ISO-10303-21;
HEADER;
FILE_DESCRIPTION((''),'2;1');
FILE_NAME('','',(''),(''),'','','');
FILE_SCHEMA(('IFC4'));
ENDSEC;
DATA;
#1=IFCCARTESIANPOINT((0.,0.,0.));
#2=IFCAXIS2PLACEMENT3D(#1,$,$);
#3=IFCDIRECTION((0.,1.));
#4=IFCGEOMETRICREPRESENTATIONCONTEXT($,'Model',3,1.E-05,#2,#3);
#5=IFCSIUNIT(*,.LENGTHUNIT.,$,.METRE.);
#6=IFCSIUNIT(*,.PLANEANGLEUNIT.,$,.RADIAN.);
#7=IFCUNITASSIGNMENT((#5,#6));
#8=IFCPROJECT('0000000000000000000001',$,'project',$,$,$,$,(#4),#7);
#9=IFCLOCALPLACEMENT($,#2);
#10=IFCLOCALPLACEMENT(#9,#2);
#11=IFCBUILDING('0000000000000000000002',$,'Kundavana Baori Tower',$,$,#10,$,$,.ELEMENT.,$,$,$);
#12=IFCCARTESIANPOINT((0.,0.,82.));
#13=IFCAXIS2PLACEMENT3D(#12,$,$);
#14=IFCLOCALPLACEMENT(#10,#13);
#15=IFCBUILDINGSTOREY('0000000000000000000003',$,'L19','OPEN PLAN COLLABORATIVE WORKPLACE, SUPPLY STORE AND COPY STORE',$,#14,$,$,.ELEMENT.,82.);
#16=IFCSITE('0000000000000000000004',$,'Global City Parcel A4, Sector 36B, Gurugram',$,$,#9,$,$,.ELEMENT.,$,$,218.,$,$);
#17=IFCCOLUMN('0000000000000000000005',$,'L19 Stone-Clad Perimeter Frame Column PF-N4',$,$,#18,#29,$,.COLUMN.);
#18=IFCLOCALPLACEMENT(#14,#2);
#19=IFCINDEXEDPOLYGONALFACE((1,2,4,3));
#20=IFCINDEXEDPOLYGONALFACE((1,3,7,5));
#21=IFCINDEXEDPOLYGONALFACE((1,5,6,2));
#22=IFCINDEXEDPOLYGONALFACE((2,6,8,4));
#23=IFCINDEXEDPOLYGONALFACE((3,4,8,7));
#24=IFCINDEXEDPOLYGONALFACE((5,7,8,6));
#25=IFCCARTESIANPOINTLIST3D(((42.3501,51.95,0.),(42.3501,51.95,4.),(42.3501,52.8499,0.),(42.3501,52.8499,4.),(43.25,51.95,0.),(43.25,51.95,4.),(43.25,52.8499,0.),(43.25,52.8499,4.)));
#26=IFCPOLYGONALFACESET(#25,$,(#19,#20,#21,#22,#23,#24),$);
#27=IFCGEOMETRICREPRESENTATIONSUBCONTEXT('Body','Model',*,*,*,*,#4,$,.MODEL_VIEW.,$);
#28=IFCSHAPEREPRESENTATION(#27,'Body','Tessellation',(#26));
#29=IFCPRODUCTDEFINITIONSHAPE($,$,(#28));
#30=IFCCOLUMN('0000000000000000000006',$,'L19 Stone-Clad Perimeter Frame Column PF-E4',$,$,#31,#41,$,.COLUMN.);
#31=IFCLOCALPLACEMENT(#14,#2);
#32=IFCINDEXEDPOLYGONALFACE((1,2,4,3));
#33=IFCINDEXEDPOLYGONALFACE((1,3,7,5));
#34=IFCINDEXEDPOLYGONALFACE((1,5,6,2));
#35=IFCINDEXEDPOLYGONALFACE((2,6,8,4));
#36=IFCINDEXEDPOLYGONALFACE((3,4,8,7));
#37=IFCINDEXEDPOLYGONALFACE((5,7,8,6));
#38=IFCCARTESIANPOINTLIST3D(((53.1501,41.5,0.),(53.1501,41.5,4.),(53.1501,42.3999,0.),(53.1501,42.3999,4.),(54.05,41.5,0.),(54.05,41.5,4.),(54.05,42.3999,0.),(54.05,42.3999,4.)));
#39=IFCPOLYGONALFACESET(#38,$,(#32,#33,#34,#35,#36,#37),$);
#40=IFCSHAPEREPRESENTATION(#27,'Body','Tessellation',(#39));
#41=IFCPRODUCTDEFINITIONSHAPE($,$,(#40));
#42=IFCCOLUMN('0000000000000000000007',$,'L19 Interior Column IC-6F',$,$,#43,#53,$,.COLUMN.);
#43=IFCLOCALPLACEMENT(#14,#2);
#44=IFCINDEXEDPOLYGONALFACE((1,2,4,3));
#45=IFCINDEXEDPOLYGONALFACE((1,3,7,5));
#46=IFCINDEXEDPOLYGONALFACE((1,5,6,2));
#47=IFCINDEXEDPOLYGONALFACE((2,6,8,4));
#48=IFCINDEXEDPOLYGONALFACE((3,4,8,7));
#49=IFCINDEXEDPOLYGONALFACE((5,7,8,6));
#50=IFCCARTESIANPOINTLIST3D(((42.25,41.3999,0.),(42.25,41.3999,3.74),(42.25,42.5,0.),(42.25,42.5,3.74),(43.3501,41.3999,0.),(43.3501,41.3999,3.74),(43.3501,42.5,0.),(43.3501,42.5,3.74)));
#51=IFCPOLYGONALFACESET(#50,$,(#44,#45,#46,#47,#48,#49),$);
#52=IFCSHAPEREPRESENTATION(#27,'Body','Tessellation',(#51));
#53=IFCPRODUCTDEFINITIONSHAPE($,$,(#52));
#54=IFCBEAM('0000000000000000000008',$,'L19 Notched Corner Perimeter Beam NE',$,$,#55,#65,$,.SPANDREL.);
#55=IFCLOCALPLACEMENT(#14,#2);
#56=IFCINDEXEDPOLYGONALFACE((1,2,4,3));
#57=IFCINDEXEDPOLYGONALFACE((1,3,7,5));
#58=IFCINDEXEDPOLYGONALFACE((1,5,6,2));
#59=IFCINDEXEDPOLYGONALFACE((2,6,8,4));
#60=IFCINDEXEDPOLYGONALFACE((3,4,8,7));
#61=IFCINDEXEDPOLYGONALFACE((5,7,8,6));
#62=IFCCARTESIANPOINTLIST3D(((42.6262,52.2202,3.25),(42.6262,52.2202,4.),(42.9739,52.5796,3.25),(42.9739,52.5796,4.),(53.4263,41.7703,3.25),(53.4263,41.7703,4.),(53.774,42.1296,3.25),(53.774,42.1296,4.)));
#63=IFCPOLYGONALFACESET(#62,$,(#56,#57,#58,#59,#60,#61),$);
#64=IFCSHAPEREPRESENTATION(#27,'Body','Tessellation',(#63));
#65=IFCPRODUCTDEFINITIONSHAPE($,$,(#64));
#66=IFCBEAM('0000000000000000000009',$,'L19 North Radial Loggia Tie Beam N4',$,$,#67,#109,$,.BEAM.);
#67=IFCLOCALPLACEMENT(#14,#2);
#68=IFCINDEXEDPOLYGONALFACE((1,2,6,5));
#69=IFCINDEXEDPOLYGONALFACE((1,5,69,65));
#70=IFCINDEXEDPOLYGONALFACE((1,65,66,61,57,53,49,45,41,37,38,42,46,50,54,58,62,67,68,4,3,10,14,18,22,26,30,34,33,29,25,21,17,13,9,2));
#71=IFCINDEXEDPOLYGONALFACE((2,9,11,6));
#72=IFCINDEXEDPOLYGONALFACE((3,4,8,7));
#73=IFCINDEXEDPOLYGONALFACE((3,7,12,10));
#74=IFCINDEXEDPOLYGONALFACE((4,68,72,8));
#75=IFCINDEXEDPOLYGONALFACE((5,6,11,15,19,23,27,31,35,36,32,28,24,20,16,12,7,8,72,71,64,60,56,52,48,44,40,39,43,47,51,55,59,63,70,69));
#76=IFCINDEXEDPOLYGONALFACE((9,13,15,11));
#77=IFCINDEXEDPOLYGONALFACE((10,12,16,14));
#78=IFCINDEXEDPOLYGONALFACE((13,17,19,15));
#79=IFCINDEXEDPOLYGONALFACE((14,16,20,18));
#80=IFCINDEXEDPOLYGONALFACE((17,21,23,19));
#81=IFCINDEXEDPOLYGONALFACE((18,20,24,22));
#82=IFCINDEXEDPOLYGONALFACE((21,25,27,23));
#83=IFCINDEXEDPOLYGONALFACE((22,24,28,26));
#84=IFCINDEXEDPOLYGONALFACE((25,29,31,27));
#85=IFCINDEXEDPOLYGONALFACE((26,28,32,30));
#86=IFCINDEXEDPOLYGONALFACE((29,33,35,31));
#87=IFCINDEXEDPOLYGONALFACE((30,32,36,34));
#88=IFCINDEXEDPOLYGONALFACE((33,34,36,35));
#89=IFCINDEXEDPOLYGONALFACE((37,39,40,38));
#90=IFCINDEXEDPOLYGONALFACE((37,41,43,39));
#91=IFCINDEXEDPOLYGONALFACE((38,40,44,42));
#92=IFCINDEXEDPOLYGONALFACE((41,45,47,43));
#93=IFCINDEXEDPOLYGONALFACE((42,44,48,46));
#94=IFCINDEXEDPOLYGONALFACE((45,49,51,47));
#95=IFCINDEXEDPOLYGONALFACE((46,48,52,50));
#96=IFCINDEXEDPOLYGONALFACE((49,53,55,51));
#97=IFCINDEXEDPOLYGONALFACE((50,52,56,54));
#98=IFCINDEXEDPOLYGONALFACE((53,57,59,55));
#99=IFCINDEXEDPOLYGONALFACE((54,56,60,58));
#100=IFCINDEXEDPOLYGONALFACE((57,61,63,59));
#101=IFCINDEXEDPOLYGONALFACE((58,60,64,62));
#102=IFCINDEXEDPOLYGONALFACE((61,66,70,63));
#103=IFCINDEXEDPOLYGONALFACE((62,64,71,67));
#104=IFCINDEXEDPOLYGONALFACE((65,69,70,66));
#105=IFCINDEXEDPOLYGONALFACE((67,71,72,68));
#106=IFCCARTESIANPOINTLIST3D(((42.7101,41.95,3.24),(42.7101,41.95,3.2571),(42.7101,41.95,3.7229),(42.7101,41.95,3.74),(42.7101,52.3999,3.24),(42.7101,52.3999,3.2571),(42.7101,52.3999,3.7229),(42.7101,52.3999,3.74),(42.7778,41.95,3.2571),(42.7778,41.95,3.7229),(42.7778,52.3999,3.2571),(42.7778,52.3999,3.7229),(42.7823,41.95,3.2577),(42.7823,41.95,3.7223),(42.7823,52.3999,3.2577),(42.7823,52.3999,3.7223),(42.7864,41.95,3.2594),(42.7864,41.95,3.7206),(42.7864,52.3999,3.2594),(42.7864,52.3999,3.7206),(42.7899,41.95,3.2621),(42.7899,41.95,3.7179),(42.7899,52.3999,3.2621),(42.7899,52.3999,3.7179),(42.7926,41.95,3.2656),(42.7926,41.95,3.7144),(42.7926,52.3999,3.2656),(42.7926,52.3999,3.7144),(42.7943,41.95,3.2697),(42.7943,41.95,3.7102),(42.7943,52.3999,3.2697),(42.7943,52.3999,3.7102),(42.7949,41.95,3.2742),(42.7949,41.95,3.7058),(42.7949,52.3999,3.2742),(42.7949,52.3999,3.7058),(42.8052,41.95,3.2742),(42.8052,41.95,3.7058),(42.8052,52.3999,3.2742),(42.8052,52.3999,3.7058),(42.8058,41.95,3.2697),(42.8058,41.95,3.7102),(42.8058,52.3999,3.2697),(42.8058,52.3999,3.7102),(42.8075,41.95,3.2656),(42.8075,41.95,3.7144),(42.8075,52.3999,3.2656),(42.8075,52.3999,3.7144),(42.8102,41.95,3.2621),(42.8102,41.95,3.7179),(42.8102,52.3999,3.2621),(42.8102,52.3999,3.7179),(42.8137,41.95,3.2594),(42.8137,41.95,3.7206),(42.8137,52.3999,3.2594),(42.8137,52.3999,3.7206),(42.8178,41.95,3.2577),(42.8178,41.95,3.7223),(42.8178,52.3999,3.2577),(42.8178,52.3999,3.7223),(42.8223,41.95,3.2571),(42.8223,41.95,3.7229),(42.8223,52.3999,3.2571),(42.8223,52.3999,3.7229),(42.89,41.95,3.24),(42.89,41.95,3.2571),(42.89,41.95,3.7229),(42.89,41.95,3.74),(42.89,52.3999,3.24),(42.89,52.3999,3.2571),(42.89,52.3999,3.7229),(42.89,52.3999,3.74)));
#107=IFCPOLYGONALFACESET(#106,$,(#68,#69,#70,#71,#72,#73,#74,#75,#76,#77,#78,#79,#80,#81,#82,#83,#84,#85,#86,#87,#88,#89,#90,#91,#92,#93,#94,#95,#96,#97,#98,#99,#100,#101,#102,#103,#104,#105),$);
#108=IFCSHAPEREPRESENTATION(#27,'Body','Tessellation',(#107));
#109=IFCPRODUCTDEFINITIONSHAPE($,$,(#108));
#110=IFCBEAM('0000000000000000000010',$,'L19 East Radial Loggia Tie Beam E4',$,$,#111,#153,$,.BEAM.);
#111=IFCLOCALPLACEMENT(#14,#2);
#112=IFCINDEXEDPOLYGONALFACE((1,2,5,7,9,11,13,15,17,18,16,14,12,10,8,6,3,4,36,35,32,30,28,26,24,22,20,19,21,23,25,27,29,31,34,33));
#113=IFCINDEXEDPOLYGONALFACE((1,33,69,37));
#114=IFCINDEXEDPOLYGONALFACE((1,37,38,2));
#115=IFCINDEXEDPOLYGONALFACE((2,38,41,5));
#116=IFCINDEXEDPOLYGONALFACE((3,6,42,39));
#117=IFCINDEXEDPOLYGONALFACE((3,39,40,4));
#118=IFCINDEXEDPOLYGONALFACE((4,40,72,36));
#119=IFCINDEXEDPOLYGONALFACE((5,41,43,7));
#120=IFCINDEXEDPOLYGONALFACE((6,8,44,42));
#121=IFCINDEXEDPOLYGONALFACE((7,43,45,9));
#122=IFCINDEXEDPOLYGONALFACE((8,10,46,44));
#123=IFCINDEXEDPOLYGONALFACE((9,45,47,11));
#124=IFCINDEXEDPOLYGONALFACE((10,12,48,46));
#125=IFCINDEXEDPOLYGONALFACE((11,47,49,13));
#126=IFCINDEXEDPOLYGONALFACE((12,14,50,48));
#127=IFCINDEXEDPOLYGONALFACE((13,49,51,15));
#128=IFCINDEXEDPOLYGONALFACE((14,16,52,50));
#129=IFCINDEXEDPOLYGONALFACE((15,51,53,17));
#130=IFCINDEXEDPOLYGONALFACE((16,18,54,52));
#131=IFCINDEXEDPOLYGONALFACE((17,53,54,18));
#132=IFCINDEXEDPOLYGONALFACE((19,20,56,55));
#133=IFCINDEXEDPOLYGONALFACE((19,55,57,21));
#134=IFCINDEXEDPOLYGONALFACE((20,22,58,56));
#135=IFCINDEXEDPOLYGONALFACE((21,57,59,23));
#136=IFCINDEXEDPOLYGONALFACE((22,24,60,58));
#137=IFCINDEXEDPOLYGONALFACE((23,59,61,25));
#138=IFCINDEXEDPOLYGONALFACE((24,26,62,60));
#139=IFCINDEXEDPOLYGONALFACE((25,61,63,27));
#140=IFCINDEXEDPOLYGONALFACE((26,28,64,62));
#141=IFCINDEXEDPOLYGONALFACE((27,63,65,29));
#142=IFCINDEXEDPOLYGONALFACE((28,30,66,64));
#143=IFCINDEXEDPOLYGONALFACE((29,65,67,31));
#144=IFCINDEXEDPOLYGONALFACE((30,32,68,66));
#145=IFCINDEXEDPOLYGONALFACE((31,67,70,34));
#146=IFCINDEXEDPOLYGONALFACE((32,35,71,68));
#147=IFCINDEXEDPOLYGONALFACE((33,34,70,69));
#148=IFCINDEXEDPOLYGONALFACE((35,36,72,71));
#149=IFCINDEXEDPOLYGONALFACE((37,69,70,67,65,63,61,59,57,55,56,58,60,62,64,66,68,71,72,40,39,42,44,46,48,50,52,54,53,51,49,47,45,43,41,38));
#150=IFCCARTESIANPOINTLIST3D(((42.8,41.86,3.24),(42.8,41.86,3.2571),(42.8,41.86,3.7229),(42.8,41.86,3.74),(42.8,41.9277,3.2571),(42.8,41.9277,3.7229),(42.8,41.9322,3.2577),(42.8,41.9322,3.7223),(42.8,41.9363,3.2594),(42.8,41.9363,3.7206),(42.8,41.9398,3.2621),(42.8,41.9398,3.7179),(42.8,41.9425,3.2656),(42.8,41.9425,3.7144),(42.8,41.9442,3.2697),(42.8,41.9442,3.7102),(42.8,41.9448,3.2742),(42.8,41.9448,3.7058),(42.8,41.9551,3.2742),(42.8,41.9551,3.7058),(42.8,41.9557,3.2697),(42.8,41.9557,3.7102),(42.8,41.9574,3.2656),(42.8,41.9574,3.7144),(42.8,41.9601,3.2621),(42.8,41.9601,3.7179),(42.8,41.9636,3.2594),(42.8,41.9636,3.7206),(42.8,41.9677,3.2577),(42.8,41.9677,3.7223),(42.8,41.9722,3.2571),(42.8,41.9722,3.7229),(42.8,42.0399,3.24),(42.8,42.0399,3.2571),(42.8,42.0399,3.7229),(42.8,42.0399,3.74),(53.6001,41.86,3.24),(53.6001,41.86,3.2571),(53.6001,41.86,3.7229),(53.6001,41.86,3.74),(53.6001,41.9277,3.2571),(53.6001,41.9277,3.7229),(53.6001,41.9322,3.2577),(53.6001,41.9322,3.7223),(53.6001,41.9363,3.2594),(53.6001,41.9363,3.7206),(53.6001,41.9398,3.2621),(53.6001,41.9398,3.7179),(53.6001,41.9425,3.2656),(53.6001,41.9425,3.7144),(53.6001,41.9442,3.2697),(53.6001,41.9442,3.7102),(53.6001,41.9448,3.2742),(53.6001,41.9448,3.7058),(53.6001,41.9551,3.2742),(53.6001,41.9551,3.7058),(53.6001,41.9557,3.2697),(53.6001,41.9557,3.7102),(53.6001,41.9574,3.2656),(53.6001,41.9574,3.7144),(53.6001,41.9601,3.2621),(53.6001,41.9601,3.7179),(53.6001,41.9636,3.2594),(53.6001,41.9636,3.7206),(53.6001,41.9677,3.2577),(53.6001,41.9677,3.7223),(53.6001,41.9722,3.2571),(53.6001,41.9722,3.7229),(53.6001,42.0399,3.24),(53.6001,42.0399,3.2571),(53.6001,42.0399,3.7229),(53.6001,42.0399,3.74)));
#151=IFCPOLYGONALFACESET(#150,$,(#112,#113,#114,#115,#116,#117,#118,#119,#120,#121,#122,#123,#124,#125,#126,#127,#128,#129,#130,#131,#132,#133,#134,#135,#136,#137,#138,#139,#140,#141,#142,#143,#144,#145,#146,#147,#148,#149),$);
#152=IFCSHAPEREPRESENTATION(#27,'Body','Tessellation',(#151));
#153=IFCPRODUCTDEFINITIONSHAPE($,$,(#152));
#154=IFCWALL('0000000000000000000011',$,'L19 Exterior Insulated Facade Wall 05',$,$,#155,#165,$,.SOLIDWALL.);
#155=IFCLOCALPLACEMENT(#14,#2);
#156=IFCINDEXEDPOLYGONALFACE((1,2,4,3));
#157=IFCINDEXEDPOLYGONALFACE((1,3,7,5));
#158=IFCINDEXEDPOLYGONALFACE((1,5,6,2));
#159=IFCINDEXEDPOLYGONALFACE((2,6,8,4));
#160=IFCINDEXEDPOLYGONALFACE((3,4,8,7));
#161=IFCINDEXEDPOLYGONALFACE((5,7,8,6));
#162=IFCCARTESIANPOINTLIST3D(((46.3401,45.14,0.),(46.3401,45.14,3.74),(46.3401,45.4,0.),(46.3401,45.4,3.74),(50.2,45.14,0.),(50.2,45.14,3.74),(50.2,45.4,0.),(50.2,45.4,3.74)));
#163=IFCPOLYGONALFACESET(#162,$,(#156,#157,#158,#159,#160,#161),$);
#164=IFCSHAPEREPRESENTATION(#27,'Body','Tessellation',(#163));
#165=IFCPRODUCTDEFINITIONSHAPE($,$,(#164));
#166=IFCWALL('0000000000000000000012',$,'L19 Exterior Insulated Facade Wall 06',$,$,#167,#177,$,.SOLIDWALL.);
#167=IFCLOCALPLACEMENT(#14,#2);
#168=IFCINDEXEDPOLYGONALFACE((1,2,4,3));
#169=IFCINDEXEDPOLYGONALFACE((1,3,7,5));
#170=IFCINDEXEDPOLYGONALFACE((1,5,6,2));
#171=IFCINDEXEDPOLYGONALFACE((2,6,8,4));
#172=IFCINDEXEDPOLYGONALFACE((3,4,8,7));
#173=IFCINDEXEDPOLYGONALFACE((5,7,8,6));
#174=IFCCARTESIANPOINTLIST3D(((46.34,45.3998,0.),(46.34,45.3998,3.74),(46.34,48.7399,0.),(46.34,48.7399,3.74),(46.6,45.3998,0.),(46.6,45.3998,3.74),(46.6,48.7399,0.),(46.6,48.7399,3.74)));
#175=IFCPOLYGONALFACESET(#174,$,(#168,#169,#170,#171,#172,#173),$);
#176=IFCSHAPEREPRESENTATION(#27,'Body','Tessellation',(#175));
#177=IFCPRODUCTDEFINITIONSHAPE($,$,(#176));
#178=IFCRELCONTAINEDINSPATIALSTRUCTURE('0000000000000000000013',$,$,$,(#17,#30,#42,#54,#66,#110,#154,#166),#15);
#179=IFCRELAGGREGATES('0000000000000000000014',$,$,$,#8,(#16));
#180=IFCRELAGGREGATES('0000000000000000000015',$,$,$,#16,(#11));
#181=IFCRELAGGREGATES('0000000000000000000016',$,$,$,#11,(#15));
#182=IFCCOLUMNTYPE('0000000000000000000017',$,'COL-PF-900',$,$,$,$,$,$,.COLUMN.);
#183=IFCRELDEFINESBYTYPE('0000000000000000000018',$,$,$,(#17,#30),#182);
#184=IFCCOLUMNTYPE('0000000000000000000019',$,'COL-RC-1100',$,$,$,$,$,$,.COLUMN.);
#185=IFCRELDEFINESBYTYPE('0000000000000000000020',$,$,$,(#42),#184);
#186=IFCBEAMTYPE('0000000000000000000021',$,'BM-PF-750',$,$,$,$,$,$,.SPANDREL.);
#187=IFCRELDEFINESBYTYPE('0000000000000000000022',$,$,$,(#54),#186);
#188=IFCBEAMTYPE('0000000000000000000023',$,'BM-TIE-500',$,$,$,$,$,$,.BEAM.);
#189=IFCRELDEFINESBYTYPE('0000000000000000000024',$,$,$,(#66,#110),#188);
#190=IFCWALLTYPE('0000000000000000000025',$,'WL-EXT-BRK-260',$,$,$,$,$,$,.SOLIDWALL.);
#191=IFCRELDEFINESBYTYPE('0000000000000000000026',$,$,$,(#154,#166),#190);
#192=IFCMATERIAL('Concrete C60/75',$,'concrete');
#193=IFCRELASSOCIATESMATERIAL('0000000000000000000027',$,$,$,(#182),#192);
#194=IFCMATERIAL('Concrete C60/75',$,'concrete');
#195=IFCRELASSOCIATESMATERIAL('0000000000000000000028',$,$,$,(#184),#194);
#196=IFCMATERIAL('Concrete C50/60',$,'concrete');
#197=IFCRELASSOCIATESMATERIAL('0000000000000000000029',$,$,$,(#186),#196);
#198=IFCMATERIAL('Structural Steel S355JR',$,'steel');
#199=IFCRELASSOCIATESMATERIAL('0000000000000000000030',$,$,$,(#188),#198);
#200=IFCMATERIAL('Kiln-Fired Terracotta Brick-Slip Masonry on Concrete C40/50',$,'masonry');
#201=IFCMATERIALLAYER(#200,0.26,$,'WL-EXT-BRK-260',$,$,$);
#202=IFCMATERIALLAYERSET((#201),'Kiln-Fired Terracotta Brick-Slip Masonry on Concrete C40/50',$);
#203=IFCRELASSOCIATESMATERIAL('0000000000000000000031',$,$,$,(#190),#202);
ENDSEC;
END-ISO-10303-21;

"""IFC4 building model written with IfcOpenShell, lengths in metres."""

from ifc_helpers import new_model, si_unit, direction, frame, frame_2d, origin, origin_2d, place, context, subcontext, project, spatial, rectangle, i_section, extrude, material, layer, layer_set, material_profile, profile_set, type_object, element, save


model = new_model("IFC4")

# Units and contexts
model_context = context("Model", 3, precision=1e-05, world=origin(), true_north=direction((0.0, 1.0)))
body_context = subcontext(model_context, "Body", "Model", "MODEL_VIEW")
ifc_project = project(units=[si_unit("LENGTHUNIT", "METRE"), si_unit("PLANEANGLEUNIT", "RADIAN")], contexts=[model_context])

# Site, building, storey
site_placement = place(None, origin())
site = spatial("IfcSite", under=ifc_project, at=site_placement, Name="Global City Parcel A4, Sector 36B, Gurugram", CompositionType="ELEMENT", RefElevation=218.0)
building_placement = place(site_placement, origin())
building = spatial("IfcBuilding", under=site, at=building_placement, Name="Kundavana Baori Tower", CompositionType="ELEMENT")
storey_placement = place(building_placement, frame((0.0, 0.0, 82.0)))
storey = spatial("IfcBuildingStorey", under=building, at=storey_placement, Name="L19", Description="OPEN PLAN COLLABORATIVE WORKPLACE, SUPPLY STORE AND COPY STORE", CompositionType="ELEMENT", Elevation=82.0)

# Columns
ifc_material_1 = material(Name="Concrete C60/75", Category="concrete")
ifc_material_profile_1 = material_profile(ifc_material_1, rectangle(XDim=0.8999, YDim=0.8999, at=origin_2d()), Name="RC PF 900x900")
ifc_profile_set_1 = profile_set([ifc_material_profile_1], Name="Concrete C60/75")
column_type_1 = type_object("IfcColumnType", Name="COL-PF-900", PredefinedType="COLUMN", material=ifc_profile_set_1)
for number, where, z_axis, x_axis, name in (
    (1, (42.8, 52.3999, 0.0), (0.0, 0.0, 1.0), (1.0, 0.0, 0.0), "L19 Stone-Clad Perimeter Frame Column PF-N4"),
    (2, (53.6001, 41.95, 0.0), (0.0, 0.0, 1.0), (1.0, 0.0, 0.0), "L19 Stone-Clad Perimeter Frame Column PF-E4"),
):
    element("IfcColumn", number, at=place(storey_placement, frame(where, z_axis=z_axis, x_axis=x_axis)), inside=storey, type_object=column_type_1, Name=name, PredefinedType="COLUMN", context=body_context, shape_type="SweptSolid", body=[
        extrude(rectangle(XDim=0.8999, YDim=0.8999, at=origin_2d()), origin(), (0.0, 0.0, 1.0), 4.0),
    ])
ifc_material_2 = material(Name="Concrete C60/75", Category="concrete")
ifc_material_profile_2 = material_profile(ifc_material_2, rectangle(XDim=1.1001, YDim=1.1001, at=origin_2d()), Name="RC 1100x1100")
ifc_profile_set_2 = profile_set([ifc_material_profile_2], Name="Concrete C60/75")
column_type_2 = type_object("IfcColumnType", Name="COL-RC-1100", PredefinedType="COLUMN", material=ifc_profile_set_2)
column_placement = place(storey_placement, frame((42.8, 41.95, 0.0), z_axis=(0.0, 0.0, 1.0), x_axis=(1.0, 0.0, 0.0)))
element("IfcColumn", 3, at=column_placement, inside=storey, type_object=column_type_2, Name="L19 Interior Column IC-6F", PredefinedType="COLUMN", context=body_context, shape_type="SweptSolid", body=[
    extrude(rectangle(XDim=1.1001, YDim=1.1001, at=origin_2d()), origin(), (0.0, 0.0, 1.0), 3.74),
])

# Beams
ifc_material_3 = material(Name="Concrete C50/60", Category="concrete")
ifc_material_profile_3 = material_profile(ifc_material_3, rectangle(XDim=0.5, YDim=0.75, at=origin_2d()), Name="RC BM 500x750")
ifc_profile_set_3 = profile_set([ifc_material_profile_3], Name="Concrete C50/60")
beam_type_1 = type_object("IfcBeamType", Name="BM-PF-750", PredefinedType="SPANDREL", material=ifc_profile_set_3)
beam_1_placement = place(storey_placement, frame((42.8, 52.3999, 3.625), z_axis=(0.718659, -0.695363, 0.0), x_axis=(0.695363, 0.718659, 0.0)))
element("IfcBeam", 4, at=beam_1_placement, inside=storey, type_object=beam_type_1, Name="L19 Notched Corner Perimeter Beam NE", PredefinedType="SPANDREL", context=body_context, shape_type="SweptSolid", body=[
    extrude(rectangle(XDim=0.5, YDim=0.75, at=origin_2d()), origin(), (0.0, 0.0, 1.0), 15.0281),
])
ifc_material_4 = material(Name="Structural Steel S355JR", Category="steel")
ifc_material_profile_4 = material_profile(ifc_material_4, i_section(OverallWidth=0.1799, OverallDepth=0.5, WebThickness=0.0103, FlangeThickness=0.0171, FilletRadius=0.0171, at=origin_2d()), Name="ISMB 500")
ifc_profile_set_4 = profile_set([ifc_material_profile_4], Name="Structural Steel S355JR")
beam_type_2 = type_object("IfcBeamType", Name="BM-TIE-500", PredefinedType="BEAM", material=ifc_profile_set_4)
beam_2_placement = place(storey_placement, frame((42.8, 41.95, 3.49), z_axis=(0.0, 1.0, 0.0), x_axis=(-1.0, 0.0, 0.0)))
element("IfcBeam", 5, at=beam_2_placement, inside=storey, type_object=beam_type_2, Name="L19 North Radial Loggia Tie Beam N4", PredefinedType="BEAM", context=body_context, shape_type="SweptSolid", body=[
    extrude(i_section(OverallWidth=0.1799, OverallDepth=0.5, WebThickness=0.0103, FlangeThickness=0.0171, FilletRadius=0.0171, at=origin_2d()), origin(), (0.0, 0.0, 1.0), 10.45),
])
beam_3_placement = place(storey_placement, frame((42.8, 41.95, 3.49), z_axis=(1.0, 0.0, 0.0), x_axis=(0.0, 1.0, 0.0)))
element("IfcBeam", 6, at=beam_3_placement, inside=storey, type_object=beam_type_2, Name="L19 East Radial Loggia Tie Beam E4", PredefinedType="BEAM", context=body_context, shape_type="SweptSolid", body=[
    extrude(i_section(OverallWidth=0.1799, OverallDepth=0.5, WebThickness=0.0103, FlangeThickness=0.0171, FilletRadius=0.0171, at=origin_2d()), origin(), (0.0, 0.0, 1.0), 10.8),
])

# Walls
ifc_material_5 = material(Name="Kiln-Fired Terracotta Brick-Slip Masonry on Concrete C40/50", Category="masonry")
ifc_layer_1 = layer(ifc_material_5, 0.26, Name="WL-EXT-BRK-260")
ifc_layer_set_1 = layer_set([ifc_layer_1], Name="Kiln-Fired Terracotta Brick-Slip Masonry on Concrete C40/50")
wall_type_1 = type_object("IfcWallType", Name="WL-EXT-BRK-260", PredefinedType="SOLIDWALL", material=ifc_layer_set_1)
wall_1_placement = place(storey_placement, frame((50.2, 45.27, 0.0), z_axis=(0.0, 0.0, 1.0), x_axis=(-1.0, 0.0, 0.0)))
element("IfcWall", 7, at=wall_1_placement, inside=storey, type_object=wall_type_1, Name="L19 Exterior Insulated Facade Wall 05", PredefinedType="SOLIDWALL", context=body_context, shape_type="SweptSolid", body=[
    extrude(rectangle(XDim=3.8599, YDim=0.26, at=frame_2d((1.9299, 0.0))), origin(), (0.0, 0.0, 1.0), 3.74),
])
wall_2_placement = place(storey_placement, frame((46.47, 45.3999, 0.0), z_axis=(0.0, 0.0, 1.0), x_axis=(0.0, 1.0, 0.0)))
element("IfcWall", 8, at=wall_2_placement, inside=storey, type_object=wall_type_1, Name="L19 Exterior Insulated Facade Wall 06", PredefinedType="SOLIDWALL", context=body_context, shape_type="SweptSolid", body=[
    extrude(rectangle(XDim=3.3401, YDim=0.26, at=frame_2d((1.6699, 0.0))), origin(), (0.0, 0.0, 1.0), 3.74),
])

save(model, "model.ifc")
